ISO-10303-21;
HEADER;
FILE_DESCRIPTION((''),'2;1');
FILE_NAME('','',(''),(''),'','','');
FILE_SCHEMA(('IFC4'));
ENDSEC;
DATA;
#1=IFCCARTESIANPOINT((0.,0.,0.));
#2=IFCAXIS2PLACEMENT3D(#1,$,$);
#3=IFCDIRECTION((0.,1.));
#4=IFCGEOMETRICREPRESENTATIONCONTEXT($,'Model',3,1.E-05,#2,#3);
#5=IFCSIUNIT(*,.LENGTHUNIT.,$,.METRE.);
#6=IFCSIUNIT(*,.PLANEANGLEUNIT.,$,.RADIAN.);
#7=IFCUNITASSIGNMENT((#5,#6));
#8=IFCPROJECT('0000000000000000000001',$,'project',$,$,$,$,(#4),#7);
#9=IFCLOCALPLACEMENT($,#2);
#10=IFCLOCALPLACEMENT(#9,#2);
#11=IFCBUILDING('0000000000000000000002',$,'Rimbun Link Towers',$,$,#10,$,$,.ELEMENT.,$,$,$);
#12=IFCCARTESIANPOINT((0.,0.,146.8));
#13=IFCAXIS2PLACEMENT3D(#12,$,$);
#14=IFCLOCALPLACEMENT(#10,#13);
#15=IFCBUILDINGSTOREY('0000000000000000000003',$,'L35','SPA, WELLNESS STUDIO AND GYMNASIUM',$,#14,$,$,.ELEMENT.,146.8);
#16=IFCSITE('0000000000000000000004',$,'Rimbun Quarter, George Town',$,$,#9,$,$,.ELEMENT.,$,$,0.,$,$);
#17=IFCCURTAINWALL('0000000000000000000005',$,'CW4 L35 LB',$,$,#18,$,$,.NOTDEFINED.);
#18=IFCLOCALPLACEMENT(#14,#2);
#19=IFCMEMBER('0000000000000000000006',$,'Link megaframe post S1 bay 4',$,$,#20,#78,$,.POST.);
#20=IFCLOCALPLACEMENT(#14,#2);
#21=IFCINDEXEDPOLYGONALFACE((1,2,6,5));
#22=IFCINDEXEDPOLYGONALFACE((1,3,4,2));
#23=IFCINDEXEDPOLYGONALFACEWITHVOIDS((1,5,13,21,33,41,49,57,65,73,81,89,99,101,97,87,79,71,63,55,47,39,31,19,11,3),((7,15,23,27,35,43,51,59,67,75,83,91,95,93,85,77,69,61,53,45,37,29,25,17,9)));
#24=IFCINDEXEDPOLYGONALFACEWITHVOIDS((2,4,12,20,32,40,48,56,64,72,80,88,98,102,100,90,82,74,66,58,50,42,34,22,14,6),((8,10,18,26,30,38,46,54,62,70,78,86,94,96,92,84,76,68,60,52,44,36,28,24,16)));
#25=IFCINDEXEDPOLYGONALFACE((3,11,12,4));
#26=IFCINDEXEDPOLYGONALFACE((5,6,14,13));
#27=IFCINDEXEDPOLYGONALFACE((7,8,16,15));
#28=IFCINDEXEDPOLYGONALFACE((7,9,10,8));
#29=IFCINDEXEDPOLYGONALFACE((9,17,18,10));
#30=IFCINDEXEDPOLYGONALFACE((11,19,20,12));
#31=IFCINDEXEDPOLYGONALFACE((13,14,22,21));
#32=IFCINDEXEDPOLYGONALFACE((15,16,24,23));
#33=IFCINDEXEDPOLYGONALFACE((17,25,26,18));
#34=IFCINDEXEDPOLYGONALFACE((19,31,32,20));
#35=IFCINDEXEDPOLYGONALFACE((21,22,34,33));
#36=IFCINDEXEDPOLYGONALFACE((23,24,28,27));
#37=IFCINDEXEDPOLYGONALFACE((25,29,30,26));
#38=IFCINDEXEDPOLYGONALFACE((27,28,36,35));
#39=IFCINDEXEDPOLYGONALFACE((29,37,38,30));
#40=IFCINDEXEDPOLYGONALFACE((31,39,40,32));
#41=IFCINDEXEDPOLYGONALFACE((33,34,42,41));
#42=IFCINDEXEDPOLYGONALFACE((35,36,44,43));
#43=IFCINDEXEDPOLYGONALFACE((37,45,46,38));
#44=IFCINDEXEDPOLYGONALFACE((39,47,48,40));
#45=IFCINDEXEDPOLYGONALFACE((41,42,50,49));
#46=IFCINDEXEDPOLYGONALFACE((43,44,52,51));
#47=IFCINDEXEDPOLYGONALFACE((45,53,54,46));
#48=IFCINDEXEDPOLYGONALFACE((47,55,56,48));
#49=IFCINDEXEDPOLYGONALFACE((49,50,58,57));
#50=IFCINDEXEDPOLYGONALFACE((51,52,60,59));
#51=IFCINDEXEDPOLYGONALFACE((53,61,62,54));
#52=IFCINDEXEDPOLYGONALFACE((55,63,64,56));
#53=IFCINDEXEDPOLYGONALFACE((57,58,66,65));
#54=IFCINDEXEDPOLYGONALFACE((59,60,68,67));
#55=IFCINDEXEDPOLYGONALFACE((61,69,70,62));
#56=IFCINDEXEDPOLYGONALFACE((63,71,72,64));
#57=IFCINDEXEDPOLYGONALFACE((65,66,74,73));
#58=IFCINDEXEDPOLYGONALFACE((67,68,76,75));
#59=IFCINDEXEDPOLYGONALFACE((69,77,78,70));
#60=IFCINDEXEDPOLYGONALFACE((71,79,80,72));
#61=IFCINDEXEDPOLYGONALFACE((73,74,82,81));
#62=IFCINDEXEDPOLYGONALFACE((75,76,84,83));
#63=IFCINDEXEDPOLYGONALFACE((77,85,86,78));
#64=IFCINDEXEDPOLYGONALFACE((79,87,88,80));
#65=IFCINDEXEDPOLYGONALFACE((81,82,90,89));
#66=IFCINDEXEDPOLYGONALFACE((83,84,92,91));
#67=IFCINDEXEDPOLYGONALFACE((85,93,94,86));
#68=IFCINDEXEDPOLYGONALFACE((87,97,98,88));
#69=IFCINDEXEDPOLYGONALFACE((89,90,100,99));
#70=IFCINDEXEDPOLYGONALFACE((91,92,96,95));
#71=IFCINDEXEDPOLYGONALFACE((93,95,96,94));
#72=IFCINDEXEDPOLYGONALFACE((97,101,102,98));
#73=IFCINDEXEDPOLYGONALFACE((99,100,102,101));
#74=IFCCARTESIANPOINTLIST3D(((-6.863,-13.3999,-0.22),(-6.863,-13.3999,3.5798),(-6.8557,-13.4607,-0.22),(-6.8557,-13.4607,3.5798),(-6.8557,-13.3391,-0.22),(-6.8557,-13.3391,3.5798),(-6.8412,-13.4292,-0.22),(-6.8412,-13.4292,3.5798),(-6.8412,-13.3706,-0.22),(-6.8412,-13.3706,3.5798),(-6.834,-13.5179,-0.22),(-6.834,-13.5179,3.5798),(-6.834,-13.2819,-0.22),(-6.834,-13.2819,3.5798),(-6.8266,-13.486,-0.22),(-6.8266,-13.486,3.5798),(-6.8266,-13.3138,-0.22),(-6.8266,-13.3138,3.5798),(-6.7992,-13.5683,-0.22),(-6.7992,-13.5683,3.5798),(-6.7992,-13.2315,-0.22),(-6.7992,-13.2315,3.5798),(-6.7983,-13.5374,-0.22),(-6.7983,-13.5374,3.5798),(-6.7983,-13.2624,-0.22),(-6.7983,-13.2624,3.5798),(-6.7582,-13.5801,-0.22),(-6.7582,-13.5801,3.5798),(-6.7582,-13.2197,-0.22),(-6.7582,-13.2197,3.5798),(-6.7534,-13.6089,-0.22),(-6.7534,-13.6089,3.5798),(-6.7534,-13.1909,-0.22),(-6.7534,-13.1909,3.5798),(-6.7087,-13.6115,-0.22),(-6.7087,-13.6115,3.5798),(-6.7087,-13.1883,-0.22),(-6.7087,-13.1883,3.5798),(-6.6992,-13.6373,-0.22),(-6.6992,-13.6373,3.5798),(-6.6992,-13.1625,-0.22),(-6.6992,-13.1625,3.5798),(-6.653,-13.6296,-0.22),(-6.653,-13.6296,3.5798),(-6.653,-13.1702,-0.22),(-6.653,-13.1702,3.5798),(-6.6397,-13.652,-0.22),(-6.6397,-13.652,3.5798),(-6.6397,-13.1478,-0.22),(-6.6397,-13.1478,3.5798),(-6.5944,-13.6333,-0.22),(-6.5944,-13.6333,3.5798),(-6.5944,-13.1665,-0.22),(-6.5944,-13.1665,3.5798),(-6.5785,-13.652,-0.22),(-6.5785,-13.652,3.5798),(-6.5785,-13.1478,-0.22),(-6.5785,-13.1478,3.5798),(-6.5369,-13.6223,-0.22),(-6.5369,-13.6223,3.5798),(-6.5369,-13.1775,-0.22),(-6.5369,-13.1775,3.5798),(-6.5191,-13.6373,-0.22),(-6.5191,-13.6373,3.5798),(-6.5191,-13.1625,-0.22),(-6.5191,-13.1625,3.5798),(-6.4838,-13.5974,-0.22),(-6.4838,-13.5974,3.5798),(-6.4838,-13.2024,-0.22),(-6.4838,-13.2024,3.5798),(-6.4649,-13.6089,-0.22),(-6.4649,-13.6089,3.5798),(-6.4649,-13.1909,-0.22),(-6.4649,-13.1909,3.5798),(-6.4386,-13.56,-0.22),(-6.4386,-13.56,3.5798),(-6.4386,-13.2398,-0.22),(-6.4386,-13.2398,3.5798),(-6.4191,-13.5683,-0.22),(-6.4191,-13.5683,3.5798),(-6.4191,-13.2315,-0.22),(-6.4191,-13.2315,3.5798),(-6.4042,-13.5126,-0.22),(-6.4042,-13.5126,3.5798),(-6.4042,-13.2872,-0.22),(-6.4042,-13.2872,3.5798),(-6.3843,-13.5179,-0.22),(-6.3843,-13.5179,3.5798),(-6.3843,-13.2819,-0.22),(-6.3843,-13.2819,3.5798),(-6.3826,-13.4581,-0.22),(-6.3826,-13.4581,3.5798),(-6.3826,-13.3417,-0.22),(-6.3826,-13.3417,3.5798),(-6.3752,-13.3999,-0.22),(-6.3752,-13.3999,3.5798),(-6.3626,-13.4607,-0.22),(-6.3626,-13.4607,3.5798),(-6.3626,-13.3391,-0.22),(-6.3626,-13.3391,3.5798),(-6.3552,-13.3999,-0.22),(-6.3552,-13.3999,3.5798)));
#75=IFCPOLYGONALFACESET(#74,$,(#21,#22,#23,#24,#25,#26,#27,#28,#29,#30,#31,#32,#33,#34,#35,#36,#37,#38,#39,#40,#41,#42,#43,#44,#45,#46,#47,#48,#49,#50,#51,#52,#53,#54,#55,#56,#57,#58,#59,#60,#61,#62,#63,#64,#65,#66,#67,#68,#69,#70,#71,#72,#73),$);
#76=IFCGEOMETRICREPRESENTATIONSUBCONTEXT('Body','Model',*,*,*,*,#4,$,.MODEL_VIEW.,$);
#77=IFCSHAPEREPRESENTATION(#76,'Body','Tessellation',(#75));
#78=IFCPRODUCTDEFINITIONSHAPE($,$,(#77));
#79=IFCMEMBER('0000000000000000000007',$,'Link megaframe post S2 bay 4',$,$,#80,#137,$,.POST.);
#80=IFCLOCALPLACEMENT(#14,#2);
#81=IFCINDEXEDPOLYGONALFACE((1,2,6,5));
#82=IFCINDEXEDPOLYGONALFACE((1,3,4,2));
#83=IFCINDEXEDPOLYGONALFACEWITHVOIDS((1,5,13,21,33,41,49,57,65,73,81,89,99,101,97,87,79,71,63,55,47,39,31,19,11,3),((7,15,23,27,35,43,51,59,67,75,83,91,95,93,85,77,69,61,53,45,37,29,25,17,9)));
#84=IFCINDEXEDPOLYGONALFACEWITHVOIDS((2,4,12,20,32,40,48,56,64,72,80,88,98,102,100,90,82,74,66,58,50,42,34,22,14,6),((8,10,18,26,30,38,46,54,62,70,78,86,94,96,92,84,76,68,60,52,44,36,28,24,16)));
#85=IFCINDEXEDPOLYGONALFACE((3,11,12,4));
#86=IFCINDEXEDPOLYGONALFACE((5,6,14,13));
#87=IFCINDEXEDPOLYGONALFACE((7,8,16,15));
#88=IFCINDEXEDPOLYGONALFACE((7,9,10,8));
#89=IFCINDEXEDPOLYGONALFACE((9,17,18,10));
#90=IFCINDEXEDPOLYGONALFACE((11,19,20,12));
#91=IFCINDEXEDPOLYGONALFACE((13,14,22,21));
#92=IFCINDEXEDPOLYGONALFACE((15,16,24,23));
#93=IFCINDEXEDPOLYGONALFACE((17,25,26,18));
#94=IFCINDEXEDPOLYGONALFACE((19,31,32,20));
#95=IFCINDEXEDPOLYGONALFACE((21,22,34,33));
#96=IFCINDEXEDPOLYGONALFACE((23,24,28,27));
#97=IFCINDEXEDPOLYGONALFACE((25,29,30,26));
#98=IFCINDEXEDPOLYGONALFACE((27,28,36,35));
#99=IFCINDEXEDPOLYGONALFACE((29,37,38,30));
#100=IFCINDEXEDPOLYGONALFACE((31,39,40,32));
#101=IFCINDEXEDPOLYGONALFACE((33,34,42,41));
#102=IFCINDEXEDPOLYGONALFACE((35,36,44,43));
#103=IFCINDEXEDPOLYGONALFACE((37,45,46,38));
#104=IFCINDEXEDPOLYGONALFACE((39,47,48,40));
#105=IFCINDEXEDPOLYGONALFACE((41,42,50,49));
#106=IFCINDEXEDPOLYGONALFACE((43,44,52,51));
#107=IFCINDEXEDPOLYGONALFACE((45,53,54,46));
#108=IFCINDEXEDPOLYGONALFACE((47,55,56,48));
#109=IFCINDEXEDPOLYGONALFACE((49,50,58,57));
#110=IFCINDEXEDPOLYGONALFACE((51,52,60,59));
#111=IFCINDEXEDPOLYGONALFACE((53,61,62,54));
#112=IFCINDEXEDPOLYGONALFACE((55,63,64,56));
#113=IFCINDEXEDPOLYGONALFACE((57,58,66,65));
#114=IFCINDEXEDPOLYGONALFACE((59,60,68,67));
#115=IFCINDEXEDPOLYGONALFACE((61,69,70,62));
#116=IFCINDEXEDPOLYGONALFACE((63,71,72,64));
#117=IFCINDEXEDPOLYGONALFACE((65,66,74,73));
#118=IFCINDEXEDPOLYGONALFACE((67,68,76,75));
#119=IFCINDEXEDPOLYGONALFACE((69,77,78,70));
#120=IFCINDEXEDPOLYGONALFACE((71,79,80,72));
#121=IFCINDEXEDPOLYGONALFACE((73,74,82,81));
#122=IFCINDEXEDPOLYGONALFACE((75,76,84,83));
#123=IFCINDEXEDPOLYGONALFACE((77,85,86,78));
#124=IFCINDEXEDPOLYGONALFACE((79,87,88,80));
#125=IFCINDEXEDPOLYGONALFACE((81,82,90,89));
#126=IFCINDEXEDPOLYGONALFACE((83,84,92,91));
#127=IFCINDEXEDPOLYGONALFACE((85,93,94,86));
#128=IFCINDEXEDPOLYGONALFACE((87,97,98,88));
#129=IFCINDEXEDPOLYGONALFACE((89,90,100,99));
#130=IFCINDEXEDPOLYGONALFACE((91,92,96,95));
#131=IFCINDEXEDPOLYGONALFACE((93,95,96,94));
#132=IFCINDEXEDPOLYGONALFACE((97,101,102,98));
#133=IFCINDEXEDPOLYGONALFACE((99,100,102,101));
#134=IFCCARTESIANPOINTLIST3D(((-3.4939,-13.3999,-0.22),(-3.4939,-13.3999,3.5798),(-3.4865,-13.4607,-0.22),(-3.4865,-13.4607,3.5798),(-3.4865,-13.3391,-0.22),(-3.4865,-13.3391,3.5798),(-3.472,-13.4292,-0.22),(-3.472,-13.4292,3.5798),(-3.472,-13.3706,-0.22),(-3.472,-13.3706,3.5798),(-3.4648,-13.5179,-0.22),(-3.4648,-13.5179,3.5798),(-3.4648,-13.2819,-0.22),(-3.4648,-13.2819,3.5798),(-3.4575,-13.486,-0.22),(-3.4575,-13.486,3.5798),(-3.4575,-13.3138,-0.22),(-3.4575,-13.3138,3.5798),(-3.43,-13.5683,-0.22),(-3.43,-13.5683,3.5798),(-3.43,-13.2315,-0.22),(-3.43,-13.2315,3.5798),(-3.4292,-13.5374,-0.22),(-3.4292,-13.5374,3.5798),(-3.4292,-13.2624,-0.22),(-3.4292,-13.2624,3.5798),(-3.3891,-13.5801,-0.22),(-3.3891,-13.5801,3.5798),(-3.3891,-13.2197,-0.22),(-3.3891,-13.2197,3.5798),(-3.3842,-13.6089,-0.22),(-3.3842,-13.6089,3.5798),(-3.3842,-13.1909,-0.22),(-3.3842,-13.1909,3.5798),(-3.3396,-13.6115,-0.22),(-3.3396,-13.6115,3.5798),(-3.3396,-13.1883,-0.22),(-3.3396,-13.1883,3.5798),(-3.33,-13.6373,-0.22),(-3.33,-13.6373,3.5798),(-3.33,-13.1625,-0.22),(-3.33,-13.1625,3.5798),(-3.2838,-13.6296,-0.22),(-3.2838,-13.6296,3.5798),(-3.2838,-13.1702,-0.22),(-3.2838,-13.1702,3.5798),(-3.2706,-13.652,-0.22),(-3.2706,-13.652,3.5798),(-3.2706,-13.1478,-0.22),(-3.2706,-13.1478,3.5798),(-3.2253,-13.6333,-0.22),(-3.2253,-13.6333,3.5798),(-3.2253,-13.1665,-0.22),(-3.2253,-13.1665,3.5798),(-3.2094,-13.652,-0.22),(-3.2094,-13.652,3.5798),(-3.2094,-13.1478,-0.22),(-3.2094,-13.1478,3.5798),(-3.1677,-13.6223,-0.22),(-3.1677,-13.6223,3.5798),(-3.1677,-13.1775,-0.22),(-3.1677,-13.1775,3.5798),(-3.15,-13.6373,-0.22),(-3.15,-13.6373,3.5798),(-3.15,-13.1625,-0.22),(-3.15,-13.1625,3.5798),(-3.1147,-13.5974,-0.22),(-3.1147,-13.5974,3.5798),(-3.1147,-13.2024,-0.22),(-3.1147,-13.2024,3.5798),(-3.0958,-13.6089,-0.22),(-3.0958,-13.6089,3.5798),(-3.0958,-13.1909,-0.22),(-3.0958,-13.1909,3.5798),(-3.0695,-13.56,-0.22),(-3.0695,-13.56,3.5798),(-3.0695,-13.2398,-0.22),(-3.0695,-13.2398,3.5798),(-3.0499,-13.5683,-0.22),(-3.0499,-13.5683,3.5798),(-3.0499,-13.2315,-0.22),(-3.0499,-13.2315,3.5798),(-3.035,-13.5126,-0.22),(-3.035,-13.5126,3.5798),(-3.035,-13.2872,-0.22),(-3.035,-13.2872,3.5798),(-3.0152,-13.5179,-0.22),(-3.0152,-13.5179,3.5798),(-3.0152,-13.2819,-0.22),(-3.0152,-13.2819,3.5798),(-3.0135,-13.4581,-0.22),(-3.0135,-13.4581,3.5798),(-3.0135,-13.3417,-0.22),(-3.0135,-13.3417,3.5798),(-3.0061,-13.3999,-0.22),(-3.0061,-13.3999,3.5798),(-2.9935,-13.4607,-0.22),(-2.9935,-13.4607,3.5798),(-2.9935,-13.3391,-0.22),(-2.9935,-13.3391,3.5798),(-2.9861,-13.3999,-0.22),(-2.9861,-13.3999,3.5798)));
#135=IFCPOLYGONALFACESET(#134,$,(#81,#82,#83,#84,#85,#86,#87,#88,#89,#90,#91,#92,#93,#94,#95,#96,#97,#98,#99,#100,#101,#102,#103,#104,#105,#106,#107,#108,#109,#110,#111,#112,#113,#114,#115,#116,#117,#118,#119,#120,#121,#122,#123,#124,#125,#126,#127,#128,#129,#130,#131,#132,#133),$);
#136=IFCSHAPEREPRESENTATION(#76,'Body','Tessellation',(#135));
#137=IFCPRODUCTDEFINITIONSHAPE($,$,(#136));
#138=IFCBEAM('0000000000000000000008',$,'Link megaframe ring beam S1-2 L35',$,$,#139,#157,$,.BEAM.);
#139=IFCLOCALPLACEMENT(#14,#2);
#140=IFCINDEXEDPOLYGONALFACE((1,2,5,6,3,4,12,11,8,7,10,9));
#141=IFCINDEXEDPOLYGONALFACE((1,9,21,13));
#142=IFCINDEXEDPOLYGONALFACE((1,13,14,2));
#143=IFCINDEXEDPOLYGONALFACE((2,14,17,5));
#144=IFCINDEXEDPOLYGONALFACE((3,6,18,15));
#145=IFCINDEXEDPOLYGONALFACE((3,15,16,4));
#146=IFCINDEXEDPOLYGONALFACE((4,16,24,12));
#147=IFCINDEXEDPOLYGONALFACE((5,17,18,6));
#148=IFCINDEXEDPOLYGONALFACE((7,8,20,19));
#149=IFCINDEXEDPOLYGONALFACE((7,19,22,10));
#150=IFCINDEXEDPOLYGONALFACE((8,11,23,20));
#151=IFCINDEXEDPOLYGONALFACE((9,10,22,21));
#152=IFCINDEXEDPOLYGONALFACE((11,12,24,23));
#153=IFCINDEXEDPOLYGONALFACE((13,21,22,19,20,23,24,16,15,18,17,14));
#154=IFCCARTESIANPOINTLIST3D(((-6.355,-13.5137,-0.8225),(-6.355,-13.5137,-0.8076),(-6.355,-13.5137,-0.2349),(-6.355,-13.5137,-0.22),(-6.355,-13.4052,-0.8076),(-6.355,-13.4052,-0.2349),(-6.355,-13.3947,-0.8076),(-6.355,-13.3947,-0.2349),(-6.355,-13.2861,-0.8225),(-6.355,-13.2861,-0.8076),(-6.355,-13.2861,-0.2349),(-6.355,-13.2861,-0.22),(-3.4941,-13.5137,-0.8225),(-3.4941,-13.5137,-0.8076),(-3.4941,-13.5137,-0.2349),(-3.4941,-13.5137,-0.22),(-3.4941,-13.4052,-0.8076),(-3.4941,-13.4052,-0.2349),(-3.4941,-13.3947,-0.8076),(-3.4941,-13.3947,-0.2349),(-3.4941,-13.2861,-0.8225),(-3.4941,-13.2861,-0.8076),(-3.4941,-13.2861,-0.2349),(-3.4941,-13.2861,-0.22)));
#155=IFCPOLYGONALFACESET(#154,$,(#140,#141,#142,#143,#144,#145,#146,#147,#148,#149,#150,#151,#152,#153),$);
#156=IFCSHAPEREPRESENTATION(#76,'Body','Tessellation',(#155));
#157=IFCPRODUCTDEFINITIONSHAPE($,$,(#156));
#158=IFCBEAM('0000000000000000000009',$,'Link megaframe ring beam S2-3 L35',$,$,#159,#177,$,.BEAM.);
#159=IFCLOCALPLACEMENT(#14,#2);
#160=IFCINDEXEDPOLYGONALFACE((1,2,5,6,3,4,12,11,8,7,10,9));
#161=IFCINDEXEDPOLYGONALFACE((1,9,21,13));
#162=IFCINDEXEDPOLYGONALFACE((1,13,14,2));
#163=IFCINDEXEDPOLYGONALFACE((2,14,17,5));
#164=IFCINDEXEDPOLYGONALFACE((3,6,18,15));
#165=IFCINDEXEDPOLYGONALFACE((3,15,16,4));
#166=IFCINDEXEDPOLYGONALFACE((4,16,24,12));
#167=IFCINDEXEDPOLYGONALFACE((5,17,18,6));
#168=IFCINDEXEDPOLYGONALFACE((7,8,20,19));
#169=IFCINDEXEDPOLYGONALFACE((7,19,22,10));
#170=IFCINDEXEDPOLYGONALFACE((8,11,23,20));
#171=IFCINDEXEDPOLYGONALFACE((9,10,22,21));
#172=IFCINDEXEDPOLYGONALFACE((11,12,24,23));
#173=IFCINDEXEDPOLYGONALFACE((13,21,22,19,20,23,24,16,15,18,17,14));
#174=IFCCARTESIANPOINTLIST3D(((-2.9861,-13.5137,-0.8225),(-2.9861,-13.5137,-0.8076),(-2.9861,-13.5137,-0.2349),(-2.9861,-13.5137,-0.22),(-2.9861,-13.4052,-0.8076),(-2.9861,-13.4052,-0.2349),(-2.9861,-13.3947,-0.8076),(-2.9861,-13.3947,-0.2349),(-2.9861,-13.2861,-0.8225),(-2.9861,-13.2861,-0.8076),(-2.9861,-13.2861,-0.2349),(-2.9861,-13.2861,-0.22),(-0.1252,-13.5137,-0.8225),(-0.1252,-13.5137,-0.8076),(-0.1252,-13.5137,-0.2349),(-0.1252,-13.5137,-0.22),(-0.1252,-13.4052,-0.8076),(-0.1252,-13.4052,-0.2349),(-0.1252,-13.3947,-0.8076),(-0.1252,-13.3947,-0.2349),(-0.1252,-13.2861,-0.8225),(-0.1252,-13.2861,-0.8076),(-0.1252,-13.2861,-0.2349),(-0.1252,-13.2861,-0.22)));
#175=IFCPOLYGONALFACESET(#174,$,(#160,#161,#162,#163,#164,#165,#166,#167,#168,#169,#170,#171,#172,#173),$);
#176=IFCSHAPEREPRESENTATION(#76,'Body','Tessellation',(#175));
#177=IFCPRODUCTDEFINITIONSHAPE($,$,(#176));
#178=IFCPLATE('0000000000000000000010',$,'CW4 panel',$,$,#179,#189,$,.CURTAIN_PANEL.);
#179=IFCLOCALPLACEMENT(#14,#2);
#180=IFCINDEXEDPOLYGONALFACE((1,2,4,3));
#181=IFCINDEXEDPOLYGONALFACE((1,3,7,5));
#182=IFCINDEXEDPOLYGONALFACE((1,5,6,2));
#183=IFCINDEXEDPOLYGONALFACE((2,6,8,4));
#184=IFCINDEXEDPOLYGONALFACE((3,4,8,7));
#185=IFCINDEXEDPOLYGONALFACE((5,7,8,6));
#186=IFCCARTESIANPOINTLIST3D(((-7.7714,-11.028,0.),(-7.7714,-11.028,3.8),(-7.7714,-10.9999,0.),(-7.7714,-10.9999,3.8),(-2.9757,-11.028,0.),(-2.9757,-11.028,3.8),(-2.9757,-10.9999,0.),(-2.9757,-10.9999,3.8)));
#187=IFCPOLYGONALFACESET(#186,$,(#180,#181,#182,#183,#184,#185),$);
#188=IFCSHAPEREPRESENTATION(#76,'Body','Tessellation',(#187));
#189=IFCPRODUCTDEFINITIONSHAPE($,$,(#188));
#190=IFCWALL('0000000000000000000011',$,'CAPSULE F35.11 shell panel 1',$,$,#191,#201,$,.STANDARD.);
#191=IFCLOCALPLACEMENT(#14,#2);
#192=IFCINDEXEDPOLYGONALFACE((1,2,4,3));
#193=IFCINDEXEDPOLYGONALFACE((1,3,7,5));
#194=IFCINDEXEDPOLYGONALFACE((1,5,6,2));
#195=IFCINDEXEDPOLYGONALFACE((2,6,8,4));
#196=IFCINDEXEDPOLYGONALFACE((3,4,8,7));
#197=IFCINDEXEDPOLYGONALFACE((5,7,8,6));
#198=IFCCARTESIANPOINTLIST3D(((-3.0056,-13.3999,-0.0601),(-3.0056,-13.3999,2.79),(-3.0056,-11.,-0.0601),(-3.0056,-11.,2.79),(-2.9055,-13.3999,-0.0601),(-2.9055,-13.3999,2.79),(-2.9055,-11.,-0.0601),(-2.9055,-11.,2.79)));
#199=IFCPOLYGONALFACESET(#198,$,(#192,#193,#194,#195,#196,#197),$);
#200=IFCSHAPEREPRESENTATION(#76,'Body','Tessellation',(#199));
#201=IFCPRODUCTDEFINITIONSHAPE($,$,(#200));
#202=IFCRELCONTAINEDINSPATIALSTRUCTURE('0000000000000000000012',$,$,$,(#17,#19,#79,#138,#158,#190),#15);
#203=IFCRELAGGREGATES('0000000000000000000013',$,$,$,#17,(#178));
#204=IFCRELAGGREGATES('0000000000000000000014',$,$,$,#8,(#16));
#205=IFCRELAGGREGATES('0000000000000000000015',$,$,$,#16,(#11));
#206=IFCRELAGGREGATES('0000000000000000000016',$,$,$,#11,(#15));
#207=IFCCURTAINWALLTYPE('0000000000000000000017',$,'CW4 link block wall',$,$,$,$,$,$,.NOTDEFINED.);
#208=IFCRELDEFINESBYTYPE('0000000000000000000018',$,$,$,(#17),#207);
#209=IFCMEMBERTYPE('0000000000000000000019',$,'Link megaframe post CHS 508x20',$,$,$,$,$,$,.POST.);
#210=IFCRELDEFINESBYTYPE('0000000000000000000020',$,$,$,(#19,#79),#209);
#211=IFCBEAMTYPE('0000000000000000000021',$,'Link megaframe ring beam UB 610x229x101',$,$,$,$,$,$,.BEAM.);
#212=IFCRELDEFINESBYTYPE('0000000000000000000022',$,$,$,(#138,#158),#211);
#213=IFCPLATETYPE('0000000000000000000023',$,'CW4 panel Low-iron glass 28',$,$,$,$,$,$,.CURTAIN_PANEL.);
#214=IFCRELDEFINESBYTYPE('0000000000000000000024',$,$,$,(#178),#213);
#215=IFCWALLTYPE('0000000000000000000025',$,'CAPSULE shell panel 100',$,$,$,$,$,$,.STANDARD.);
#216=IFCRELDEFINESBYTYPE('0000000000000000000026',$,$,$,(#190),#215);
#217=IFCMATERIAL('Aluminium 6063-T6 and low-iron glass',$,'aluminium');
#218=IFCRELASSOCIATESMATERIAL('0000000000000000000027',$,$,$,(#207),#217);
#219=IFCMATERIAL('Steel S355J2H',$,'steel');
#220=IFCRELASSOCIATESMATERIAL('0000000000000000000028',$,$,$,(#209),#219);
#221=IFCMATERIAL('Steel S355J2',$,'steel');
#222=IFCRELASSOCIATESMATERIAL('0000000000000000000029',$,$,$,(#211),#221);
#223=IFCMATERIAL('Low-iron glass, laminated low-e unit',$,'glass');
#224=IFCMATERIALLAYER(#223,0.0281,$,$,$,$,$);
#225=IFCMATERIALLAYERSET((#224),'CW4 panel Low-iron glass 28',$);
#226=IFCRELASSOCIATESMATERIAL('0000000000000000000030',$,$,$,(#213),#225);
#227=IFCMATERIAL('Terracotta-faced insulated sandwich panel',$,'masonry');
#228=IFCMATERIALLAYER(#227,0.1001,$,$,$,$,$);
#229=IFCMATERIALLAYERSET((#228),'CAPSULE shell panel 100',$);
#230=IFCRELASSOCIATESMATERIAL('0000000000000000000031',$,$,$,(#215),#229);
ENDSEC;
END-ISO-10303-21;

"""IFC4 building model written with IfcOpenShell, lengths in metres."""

from ifc_helpers import new_model, si_unit, direction, frame, frame_2d, origin, origin_2d, place, context, subcontext, project, spatial, rectangle, hollow_circle, i_section, extrude, material, layer, layer_set, material_profile, profile_set, type_object, element, aggregate, save


model = new_model("IFC4")

# Units and contexts
model_context = context("Model", 3, precision=1e-05, world=origin(), true_north=direction((0.0, 1.0)))
body_context = subcontext(model_context, "Body", "Model", "MODEL_VIEW")
ifc_project = project(units=[si_unit("LENGTHUNIT", "METRE"), si_unit("PLANEANGLEUNIT", "RADIAN")], contexts=[model_context])

# Site, building, storey
site_placement = place(None, origin())
site = spatial("IfcSite", under=ifc_project, at=site_placement, Name="Rimbun Quarter, George Town", CompositionType="ELEMENT", RefElevation=0.0)
building_placement = place(site_placement, origin())
building = spatial("IfcBuilding", under=site, at=building_placement, Name="Rimbun Link Towers", CompositionType="ELEMENT")
storey_placement = place(building_placement, frame((0.0, 0.0, 146.8)))
storey = spatial("IfcBuildingStorey", under=building, at=storey_placement, Name="L35", Description="SPA, WELLNESS STUDIO AND GYMNASIUM", CompositionType="ELEMENT", Elevation=146.8)

# Curtain wall
ifc_material_1 = material(Name="Aluminium 6063-T6 and low-iron glass", Category="aluminium")
curtain_wall_type = type_object("IfcCurtainWallType", Name="CW4 link block wall", PredefinedType="NOTDEFINED", material=ifc_material_1)
curtain_wall_placement = place(storey_placement, origin())
curtain_wall = element("IfcCurtainWall", 1, at=curtain_wall_placement, inside=storey, type_object=curtain_wall_type, Name="CW4 L35 LB", PredefinedType="NOTDEFINED")

# Members
ifc_material_2 = material(Name="Steel S355J2H", Category="steel")
ifc_material_profile_1 = material_profile(ifc_material_2, hollow_circle(Radius=0.2539, WallThickness=0.02, at=origin_2d()), Name="CHS 508x20")
ifc_profile_set_1 = profile_set([ifc_material_profile_1], Name="Steel S355J2H")
member_type_1 = type_object("IfcMemberType", Name="Link megaframe post CHS 508x20", PredefinedType="POST", material=ifc_profile_set_1)
for number, where, z_axis, x_axis, name in (
    (2, (-6.6091, -13.3999, -0.22), (0.0, 0.0, 1.0), (1.0, 0.0, 0.0), "Link megaframe post S1 bay 4"),
    (3, (-3.24, -13.3999, -0.22), (0.0, 0.0, 1.0), (1.0, 0.0, 0.0), "Link megaframe post S2 bay 4"),
):
    element("IfcMember", number, at=place(storey_placement, frame(where, z_axis=z_axis, x_axis=x_axis)), inside=storey, type_object=member_type_1, Name=name, PredefinedType="POST", context=body_context, shape_type="SweptSolid", body=[
        extrude(hollow_circle(Radius=0.2539, WallThickness=0.02, at=origin_2d()), origin(), (0.0, 0.0, 1.0), 3.7998),
    ])

# Beams
ifc_material_3 = material(Name="Steel S355J2", Category="steel")
ifc_material_profile_2 = material_profile(ifc_material_3, i_section(OverallWidth=0.2275, OverallDepth=0.6025, WebThickness=0.0105, FlangeThickness=0.0149, at=origin_2d()), Name="UB 610x229x101")
ifc_profile_set_2 = profile_set([ifc_material_profile_2], Name="Steel S355J2")
beam_type_1 = type_object("IfcBeamType", Name="Link megaframe ring beam UB 610x229x101", PredefinedType="BEAM", material=ifc_profile_set_2)
for number, where, z_axis, x_axis, name in (
    (4, (-6.355, -13.3999, -0.5212), (1.0, 0.0, 0.0), (0.0, 1.0, 0.0), "Link megaframe ring beam S1-2 L35"),
    (5, (-2.9861, -13.3999, -0.5212), (1.0, 0.0, 0.0), (0.0, 1.0, 0.0), "Link megaframe ring beam S2-3 L35"),
):
    element("IfcBeam", number, at=place(storey_placement, frame(where, z_axis=z_axis, x_axis=x_axis)), inside=storey, type_object=beam_type_1, Name=name, PredefinedType="BEAM", context=body_context, shape_type="SweptSolid", body=[
        extrude(i_section(OverallWidth=0.2275, OverallDepth=0.6025, WebThickness=0.0105, FlangeThickness=0.0149, at=origin_2d()), origin(), (0.0, 0.0, 1.0), 2.8608),
    ])

# Plate
ifc_material_4 = material(Name="Low-iron glass, laminated low-e unit", Category="glass")
ifc_layer_1 = layer(ifc_material_4, 0.0281)
ifc_layer_set_1 = layer_set([ifc_layer_1], Name="CW4 panel Low-iron glass 28")
plate_type = type_object("IfcPlateType", Name="CW4 panel Low-iron glass 28", PredefinedType="CURTAIN_PANEL", material=ifc_layer_set_1)
plate_placement = place(storey_placement, frame((-5.3735, -11.0139, 0.0), z_axis=(0.0, 0.0, 1.0), x_axis=(-1.0, 0.0, 0.0)))
plate = element("IfcPlate", 6, at=plate_placement, type_object=plate_type, Name="CW4 panel", PredefinedType="CURTAIN_PANEL", context=body_context, shape_type="SweptSolid", body=[
    extrude(rectangle(XDim=4.7957, YDim=0.0281, at=origin_2d()), origin(), (0.0, 0.0, 1.0), 3.8),
])
aggregate(curtain_wall, [plate])

# Wall
ifc_material_5 = material(Name="Terracotta-faced insulated sandwich panel", Category="masonry")
ifc_layer_2 = layer(ifc_material_5, 0.1001)
ifc_layer_set_2 = layer_set([ifc_layer_2], Name="CAPSULE shell panel 100")
wall_type_1 = type_object("IfcWallType", Name="CAPSULE shell panel 100", PredefinedType="STANDARD", material=ifc_layer_set_2)
wall_1_placement = place(storey_placement, frame((-2.9556, -11.0, -0.0601), z_axis=(0.0, 0.0, 1.0), x_axis=(0.0, -1.0, 0.0)))
element("IfcWall", 7, at=wall_1_placement, inside=storey, type_object=wall_type_1, Name="CAPSULE F35.11 shell panel 1", PredefinedType="STANDARD", context=body_context, shape_type="SweptSolid", body=[
    extrude(rectangle(XDim=2.3999, YDim=0.1001, at=frame_2d((1.2, 0.0))), origin(), (0.0, 0.0, 1.0), 2.8501),
])

save(model, "model.ifc")
